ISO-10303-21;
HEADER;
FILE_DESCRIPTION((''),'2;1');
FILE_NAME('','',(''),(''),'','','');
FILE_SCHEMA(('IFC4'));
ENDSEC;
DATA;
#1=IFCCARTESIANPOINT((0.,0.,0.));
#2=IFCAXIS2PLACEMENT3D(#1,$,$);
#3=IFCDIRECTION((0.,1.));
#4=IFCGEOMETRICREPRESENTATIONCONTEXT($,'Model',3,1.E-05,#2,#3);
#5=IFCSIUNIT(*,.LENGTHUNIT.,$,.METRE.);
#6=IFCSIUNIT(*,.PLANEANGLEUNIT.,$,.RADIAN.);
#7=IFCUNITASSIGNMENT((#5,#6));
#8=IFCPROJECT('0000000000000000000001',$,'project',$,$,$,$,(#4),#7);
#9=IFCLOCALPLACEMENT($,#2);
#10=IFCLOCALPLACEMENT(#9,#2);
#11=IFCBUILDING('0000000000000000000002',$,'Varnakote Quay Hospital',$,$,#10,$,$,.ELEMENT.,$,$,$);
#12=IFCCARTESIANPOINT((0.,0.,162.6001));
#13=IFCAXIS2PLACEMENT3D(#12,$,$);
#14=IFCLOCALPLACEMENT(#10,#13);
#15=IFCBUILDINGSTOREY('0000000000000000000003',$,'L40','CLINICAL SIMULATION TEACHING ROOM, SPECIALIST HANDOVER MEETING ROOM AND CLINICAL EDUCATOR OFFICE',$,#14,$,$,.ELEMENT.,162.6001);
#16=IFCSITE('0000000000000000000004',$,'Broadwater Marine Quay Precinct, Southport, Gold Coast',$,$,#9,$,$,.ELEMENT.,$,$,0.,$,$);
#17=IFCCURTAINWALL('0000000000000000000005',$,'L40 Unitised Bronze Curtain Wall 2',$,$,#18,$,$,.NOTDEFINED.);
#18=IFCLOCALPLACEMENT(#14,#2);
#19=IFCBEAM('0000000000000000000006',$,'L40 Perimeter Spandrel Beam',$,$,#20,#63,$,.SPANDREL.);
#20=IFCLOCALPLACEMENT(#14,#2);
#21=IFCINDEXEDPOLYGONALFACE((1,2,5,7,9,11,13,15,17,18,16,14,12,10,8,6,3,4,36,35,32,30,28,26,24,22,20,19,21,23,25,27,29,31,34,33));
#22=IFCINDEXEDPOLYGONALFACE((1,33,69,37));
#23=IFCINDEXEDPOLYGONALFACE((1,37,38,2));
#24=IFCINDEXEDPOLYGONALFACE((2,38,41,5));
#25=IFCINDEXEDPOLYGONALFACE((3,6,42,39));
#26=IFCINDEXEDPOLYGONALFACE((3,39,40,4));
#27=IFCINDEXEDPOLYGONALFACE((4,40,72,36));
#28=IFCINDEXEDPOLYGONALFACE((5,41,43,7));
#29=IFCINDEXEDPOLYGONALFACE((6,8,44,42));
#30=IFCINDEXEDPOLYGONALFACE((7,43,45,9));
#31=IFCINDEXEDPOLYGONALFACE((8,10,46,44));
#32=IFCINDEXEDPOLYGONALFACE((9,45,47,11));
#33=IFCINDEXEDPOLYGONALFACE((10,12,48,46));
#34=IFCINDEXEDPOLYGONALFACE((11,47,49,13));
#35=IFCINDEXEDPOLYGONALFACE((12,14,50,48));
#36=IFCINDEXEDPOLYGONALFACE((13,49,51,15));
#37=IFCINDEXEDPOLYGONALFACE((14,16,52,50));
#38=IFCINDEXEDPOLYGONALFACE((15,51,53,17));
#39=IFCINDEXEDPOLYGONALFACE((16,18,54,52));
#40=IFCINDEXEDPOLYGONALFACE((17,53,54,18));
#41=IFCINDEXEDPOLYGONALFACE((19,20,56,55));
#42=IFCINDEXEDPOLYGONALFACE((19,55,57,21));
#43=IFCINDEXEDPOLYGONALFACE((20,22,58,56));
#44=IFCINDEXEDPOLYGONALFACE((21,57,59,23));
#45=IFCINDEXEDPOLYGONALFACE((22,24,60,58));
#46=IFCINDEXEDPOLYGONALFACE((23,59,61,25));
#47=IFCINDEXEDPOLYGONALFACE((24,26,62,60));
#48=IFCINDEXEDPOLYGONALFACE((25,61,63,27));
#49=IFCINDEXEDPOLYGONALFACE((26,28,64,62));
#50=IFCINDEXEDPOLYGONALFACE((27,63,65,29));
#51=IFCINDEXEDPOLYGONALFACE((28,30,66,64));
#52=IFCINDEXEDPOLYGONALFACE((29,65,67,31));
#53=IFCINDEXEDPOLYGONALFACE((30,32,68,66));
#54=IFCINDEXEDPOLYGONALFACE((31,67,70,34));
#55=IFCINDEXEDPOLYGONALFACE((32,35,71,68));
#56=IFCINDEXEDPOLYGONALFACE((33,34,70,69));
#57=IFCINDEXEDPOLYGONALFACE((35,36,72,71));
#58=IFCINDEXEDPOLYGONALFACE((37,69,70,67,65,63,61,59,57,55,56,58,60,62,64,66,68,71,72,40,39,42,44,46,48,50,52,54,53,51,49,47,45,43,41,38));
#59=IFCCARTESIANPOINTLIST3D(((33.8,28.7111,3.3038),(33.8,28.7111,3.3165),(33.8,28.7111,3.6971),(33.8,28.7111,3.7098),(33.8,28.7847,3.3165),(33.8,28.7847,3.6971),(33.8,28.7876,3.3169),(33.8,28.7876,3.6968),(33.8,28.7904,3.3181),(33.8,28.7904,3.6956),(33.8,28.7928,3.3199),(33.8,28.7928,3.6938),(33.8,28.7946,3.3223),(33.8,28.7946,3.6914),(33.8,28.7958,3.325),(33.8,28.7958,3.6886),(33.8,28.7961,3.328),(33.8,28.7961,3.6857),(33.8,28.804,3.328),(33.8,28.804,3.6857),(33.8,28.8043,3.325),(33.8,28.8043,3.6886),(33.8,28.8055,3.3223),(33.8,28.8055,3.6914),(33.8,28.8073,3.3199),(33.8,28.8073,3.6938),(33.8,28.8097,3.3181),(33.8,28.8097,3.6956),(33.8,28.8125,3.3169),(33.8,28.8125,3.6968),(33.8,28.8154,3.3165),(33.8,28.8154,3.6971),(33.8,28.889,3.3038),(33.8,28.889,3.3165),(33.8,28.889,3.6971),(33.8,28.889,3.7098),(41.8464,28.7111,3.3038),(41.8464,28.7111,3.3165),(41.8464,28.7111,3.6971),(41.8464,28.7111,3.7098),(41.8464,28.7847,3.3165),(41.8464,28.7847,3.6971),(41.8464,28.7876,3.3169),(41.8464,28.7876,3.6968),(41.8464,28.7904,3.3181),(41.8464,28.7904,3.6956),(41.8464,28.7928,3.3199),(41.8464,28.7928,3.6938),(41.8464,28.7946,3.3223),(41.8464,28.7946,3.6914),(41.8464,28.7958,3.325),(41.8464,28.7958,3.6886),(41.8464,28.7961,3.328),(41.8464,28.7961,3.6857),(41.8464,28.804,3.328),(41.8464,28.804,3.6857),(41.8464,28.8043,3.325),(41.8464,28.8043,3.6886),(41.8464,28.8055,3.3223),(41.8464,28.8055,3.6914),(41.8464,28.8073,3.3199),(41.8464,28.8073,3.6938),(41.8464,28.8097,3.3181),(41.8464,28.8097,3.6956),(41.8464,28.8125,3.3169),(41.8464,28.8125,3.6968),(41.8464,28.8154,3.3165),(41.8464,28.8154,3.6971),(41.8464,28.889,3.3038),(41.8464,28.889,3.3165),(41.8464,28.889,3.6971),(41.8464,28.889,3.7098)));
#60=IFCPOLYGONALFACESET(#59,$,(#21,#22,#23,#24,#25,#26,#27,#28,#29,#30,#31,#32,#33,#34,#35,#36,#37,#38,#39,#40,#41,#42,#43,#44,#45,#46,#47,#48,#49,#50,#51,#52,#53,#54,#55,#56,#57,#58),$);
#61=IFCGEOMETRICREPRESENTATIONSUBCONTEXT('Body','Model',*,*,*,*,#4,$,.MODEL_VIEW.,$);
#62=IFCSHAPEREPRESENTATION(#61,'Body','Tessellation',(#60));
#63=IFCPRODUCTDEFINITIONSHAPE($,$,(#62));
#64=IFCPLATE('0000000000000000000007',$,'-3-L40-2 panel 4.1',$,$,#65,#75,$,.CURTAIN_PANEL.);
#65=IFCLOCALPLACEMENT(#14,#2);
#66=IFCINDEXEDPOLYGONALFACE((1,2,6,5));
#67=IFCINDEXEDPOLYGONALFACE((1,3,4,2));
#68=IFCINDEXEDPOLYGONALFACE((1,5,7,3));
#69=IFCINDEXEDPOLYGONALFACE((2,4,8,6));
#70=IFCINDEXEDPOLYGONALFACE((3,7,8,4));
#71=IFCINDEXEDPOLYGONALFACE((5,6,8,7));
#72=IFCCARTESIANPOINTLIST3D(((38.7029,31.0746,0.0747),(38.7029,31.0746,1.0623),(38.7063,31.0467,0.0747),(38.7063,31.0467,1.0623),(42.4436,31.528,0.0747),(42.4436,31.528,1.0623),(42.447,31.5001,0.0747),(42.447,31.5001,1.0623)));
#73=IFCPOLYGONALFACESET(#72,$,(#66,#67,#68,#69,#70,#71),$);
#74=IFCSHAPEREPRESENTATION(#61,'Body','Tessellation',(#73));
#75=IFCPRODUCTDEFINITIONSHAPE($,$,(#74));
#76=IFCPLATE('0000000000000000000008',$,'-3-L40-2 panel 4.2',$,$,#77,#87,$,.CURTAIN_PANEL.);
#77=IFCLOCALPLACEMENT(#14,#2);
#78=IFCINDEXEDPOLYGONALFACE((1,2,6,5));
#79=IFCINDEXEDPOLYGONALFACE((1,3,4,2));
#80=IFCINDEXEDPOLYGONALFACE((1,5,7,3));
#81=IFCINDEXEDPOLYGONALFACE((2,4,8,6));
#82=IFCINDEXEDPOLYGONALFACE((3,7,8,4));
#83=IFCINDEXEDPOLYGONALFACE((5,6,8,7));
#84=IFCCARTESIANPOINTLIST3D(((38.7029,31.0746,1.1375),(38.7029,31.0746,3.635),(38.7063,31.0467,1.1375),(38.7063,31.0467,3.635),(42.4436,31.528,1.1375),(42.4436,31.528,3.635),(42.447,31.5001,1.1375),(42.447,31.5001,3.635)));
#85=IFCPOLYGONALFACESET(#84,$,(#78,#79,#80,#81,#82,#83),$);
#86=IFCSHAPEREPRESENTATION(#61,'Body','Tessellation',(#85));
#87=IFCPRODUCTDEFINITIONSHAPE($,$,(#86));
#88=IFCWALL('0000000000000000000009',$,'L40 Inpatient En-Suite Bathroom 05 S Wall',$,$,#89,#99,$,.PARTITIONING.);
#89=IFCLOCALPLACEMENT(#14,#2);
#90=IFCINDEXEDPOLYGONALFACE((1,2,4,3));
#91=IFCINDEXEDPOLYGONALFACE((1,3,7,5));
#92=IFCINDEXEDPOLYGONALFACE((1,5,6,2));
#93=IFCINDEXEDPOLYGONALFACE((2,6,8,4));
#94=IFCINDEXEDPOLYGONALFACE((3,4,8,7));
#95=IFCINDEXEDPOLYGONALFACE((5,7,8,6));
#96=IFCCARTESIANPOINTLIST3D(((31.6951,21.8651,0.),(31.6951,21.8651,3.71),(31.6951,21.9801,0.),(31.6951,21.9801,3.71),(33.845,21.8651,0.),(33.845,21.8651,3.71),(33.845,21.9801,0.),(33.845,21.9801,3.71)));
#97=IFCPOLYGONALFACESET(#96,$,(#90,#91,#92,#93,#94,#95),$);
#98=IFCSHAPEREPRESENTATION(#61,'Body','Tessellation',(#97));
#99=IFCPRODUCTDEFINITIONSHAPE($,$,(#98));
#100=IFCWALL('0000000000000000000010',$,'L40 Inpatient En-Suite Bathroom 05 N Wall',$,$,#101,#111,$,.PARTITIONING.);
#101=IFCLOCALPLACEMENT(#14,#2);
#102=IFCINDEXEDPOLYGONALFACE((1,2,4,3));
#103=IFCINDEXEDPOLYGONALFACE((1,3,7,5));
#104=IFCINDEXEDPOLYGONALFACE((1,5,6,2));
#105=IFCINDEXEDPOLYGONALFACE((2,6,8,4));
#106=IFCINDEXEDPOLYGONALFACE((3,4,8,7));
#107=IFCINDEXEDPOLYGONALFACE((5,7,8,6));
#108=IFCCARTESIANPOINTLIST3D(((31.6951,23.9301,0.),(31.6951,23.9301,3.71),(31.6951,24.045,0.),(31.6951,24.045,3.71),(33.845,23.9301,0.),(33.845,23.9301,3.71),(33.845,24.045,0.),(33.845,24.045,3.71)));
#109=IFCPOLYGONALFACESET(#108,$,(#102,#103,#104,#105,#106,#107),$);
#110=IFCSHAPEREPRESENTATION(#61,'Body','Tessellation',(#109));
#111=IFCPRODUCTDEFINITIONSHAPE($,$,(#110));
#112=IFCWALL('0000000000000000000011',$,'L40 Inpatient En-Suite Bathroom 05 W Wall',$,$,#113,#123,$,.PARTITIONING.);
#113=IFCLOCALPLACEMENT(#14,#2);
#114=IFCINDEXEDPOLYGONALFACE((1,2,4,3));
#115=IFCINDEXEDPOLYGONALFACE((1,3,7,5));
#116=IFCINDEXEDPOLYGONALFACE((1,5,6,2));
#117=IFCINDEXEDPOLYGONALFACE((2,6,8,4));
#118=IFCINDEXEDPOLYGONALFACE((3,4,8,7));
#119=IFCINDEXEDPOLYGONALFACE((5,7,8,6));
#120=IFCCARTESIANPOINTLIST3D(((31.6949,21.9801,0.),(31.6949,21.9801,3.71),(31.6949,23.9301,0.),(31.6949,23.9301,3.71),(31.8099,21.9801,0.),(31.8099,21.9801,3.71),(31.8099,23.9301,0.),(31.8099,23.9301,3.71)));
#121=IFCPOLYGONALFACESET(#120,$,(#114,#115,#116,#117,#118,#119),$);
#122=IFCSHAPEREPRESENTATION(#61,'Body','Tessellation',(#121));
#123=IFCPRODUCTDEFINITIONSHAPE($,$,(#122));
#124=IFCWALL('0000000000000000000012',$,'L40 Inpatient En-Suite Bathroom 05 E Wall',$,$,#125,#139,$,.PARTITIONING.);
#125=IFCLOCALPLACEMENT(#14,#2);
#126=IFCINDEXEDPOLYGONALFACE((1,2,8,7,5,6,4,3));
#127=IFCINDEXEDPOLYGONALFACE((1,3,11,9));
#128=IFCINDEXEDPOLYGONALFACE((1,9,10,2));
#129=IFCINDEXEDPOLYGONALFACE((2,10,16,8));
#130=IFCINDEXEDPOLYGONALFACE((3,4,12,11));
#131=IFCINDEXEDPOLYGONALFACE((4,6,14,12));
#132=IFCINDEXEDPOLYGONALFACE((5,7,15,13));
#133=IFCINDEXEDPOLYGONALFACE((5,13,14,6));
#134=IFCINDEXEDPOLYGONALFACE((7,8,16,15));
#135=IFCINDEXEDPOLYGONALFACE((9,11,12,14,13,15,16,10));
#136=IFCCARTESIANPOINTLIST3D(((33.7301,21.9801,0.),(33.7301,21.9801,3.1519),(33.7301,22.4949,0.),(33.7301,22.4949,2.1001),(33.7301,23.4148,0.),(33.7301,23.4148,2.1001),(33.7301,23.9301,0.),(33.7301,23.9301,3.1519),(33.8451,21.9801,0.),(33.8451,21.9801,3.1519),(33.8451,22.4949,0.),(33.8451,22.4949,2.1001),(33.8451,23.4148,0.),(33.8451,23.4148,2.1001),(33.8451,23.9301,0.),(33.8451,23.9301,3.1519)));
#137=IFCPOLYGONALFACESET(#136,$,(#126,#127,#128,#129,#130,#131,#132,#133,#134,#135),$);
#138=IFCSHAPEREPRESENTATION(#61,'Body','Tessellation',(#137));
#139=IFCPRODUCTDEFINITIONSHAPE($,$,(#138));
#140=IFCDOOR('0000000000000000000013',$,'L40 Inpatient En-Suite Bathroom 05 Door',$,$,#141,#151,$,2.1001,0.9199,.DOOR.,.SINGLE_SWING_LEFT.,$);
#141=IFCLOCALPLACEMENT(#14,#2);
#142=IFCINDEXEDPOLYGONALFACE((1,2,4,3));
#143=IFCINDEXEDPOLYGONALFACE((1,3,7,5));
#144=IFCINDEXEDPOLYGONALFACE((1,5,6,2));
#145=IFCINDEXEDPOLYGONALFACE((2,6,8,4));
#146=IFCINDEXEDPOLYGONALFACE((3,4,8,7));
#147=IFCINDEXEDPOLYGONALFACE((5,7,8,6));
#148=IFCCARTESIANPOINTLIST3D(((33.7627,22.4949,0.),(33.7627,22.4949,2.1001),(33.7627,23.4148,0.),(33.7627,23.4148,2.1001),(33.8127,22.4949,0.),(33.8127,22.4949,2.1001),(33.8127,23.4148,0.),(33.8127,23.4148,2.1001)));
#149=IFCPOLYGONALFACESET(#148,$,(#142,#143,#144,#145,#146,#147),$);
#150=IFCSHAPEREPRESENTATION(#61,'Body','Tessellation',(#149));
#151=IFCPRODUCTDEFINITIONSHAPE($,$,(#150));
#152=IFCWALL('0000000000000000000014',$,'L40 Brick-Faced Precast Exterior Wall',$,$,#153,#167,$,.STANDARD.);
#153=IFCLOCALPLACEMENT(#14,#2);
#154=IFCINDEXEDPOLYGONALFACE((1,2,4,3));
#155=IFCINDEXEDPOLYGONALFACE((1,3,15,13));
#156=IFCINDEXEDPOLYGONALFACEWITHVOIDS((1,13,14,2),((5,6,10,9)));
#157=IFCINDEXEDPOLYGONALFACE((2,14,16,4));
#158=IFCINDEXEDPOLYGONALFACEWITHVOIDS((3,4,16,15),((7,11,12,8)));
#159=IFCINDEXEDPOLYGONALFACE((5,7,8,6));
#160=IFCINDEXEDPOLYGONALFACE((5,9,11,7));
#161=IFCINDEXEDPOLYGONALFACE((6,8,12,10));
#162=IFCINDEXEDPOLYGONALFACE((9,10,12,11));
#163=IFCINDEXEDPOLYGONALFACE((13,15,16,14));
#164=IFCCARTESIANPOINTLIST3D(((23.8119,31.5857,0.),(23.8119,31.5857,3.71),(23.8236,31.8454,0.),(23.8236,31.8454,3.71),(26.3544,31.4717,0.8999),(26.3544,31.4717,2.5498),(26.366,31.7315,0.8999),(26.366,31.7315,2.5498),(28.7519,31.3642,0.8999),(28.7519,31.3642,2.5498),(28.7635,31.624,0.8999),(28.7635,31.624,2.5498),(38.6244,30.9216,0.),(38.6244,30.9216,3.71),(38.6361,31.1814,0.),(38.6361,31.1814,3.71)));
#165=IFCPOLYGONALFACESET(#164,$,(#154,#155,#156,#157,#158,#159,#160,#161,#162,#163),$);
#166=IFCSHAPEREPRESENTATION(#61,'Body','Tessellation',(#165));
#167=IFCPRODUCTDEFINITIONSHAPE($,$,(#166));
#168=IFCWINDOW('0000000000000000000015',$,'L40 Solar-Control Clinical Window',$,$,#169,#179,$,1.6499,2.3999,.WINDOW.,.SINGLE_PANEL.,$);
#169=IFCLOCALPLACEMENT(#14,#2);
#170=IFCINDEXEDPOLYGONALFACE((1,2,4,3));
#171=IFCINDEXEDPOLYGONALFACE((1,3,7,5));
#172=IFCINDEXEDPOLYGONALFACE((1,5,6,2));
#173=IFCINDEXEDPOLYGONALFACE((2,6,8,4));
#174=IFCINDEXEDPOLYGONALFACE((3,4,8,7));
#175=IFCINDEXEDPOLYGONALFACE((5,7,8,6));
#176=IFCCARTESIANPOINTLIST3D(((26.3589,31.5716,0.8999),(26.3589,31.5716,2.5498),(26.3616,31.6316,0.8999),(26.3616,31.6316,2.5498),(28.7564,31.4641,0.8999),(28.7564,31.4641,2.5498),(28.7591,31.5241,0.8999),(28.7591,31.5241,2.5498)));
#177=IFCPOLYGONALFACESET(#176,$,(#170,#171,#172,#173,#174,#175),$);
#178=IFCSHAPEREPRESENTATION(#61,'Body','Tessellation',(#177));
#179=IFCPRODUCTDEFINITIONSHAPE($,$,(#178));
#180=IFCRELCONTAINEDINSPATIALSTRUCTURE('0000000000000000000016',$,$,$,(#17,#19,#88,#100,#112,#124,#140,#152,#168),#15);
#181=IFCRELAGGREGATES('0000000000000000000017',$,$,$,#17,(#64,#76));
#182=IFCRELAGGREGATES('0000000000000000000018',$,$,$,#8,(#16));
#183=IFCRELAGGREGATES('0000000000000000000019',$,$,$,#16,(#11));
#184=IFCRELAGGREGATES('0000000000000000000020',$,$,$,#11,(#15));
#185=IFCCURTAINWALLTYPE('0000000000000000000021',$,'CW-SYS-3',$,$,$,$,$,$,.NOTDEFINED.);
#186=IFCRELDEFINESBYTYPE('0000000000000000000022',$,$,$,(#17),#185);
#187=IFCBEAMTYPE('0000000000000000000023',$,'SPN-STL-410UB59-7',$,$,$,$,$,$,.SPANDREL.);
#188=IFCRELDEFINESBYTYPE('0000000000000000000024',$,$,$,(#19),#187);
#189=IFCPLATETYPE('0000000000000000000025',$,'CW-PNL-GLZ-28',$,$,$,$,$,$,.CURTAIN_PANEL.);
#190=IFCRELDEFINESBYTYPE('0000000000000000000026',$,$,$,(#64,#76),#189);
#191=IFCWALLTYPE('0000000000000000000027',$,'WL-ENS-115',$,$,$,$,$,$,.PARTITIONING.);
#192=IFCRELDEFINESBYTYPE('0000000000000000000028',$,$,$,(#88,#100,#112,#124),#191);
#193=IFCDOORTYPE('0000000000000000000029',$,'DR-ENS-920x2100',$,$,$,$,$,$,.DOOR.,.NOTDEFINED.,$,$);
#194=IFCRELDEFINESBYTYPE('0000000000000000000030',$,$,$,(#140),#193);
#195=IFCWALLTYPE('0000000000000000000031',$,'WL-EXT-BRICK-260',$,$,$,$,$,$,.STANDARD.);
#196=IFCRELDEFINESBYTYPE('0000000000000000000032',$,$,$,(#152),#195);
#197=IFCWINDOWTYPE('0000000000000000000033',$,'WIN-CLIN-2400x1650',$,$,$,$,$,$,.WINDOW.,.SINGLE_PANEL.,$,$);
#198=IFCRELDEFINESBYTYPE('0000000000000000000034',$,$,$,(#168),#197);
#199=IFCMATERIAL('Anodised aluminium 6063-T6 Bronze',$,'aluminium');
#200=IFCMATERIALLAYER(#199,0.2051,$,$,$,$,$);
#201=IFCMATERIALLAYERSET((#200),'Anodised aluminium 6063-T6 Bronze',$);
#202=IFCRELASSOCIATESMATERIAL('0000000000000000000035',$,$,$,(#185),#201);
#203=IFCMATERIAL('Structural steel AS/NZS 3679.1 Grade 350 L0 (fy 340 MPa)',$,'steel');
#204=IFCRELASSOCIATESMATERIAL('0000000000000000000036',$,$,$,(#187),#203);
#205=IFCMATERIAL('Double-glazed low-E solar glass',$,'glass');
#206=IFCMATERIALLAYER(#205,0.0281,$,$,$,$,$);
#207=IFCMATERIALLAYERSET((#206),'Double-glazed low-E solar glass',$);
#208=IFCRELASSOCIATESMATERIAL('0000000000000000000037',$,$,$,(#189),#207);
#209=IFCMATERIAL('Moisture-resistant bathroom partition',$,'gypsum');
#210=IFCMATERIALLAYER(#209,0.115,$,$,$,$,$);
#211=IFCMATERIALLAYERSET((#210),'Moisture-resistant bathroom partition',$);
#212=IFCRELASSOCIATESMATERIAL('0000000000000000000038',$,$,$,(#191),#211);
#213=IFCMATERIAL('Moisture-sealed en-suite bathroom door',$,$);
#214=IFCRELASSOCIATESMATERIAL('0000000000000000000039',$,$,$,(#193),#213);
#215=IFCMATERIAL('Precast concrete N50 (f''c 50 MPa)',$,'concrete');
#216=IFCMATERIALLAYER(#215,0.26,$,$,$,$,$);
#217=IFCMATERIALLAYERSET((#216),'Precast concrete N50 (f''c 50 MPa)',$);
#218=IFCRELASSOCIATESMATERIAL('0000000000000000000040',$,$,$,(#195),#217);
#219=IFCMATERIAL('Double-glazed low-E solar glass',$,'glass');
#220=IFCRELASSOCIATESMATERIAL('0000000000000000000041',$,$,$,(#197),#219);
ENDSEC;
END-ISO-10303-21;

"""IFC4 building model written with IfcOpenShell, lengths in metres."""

from ifc_helpers import new_model, si_unit, direction, frame, frame_2d, origin, origin_2d, place, context, subcontext, project, spatial, rectangle, i_section, extrude, material, layer, layer_set, material_profile, profile_set, type_object, element, fill, aggregate, save


model = new_model("IFC4")

# Units and contexts
model_context = context("Model", 3, precision=1e-05, world=origin(), true_north=direction((0.0, 1.0)))
body_context = subcontext(model_context, "Body", "Model", "MODEL_VIEW")
ifc_project = project(units=[si_unit("LENGTHUNIT", "METRE"), si_unit("PLANEANGLEUNIT", "RADIAN")], contexts=[model_context])

# Site, building, storey
site_placement = place(None, origin())
site = spatial("IfcSite", under=ifc_project, at=site_placement, Name="Broadwater Marine Quay Precinct, Southport, Gold Coast", CompositionType="ELEMENT", RefElevation=0.0)
building_placement = place(site_placement, origin())
building = spatial("IfcBuilding", under=site, at=building_placement, Name="Varnakote Quay Hospital", CompositionType="ELEMENT")
storey_placement = place(building_placement, frame((0.0, 0.0, 162.6001)))
storey = spatial("IfcBuildingStorey", under=building, at=storey_placement, Name="L40", Description="CLINICAL SIMULATION TEACHING ROOM, SPECIALIST HANDOVER MEETING ROOM AND CLINICAL EDUCATOR OFFICE", CompositionType="ELEMENT", Elevation=162.6001)

# Curtain wall
ifc_material_1 = material(Name="Anodised aluminium 6063-T6 Bronze", Category="aluminium")
ifc_layer_1 = layer(ifc_material_1, 0.2051)
ifc_layer_set_1 = layer_set([ifc_layer_1], Name="Anodised aluminium 6063-T6 Bronze")
curtain_wall_type = type_object("IfcCurtainWallType", Name="CW-SYS-3", PredefinedType="NOTDEFINED", material=ifc_layer_set_1)
curtain_wall_placement = place(storey_placement, origin())
curtain_wall = element("IfcCurtainWall", 1, at=curtain_wall_placement, inside=storey, type_object=curtain_wall_type, Name="L40 Unitised Bronze Curtain Wall 2", PredefinedType="NOTDEFINED")

# Beam
ifc_material_2 = material(Name="Structural steel AS/NZS 3679.1 Grade 350 L0 (fy 340 MPa)", Category="steel")
ifc_material_profile_1 = material_profile(ifc_material_2, i_section(OverallWidth=0.178, OverallDepth=0.406, WebThickness=0.0078, FlangeThickness=0.0127, FilletRadius=0.0115, at=origin_2d()), Name="410UB59.7")
ifc_profile_set_1 = profile_set([ifc_material_profile_1], Name="Structural steel AS/NZS 3679.1 Grade 350 L0 (fy 340 MPa)")
beam_type_1 = type_object("IfcBeamType", Name="SPN-STL-410UB59-7", PredefinedType="SPANDREL", material=ifc_profile_set_1)
beam_1_placement = place(storey_placement, frame((33.8, 28.8, 3.5068), z_axis=(1.0, 0.0, 0.0), x_axis=(0.0, 1.0, 0.0)))
element("IfcBeam", 2, at=beam_1_placement, inside=storey, type_object=beam_type_1, Name="L40 Perimeter Spandrel Beam", PredefinedType="SPANDREL", context=body_context, shape_type="SweptSolid", body=[
    extrude(i_section(OverallWidth=0.178, OverallDepth=0.406, WebThickness=0.0078, FlangeThickness=0.0127, FilletRadius=0.0115, at=origin_2d()), origin(), (0.0, 0.0, 1.0), 8.0464),
])

# Plates
ifc_material_3 = material(Name="Double-glazed low-E solar glass", Category="glass")
ifc_layer_2 = layer(ifc_material_3, 0.0281)
ifc_layer_set_2 = layer_set([ifc_layer_2], Name="Double-glazed low-E solar glass")
plate_type = type_object("IfcPlateType", Name="CW-PNL-GLZ-28", PredefinedType="CURTAIN_PANEL", material=ifc_layer_set_2)
plate_1_placement = place(storey_placement, frame((40.575, 31.2874, 0.0747), z_axis=(0.0, 0.0, 1.0), x_axis=(-0.992734, -0.120327, 0.0)))
plate_1 = element("IfcPlate", 3, at=plate_1_placement, type_object=plate_type, Name="-3-L40-2 panel 4.1", PredefinedType="CURTAIN_PANEL", context=body_context, shape_type="SweptSolid", body=[
    extrude(rectangle(XDim=3.7681, YDim=0.0281, at=origin_2d()), origin(), (0.0, 0.0, 1.0), 0.9875),
])
plate_2_placement = place(storey_placement, frame((40.575, 31.2874, 1.1375), z_axis=(0.0, 0.0, 1.0), x_axis=(-0.992734, -0.120327, 0.0)))
plate_2 = element("IfcPlate", 4, at=plate_2_placement, type_object=plate_type, Name="-3-L40-2 panel 4.2", PredefinedType="CURTAIN_PANEL", context=body_context, shape_type="SweptSolid", body=[
    extrude(rectangle(XDim=3.7681, YDim=0.0281, at=origin_2d()), origin(), (0.0, 0.0, 1.0), 2.4976),
])
aggregate(curtain_wall, [plate_1, plate_2])

# Walls
ifc_material_4 = material(Name="Moisture-resistant bathroom partition", Category="gypsum")
ifc_layer_3 = layer(ifc_material_4, 0.115)
ifc_layer_set_3 = layer_set([ifc_layer_3], Name="Moisture-resistant bathroom partition")
wall_type_1 = type_object("IfcWallType", Name="WL-ENS-115", PredefinedType="PARTITIONING", material=ifc_layer_set_3)
for number, where, z_axis, x_axis, name in (
    (5, (31.6951, 21.9226, 0.0), (0.0, 0.0, 1.0), (1.0, 0.0, 0.0), "L40 Inpatient En-Suite Bathroom 05 S Wall"),
    (6, (31.6951, 23.9875, 0.0), (0.0, 0.0, 1.0), (1.0, 0.0, 0.0), "L40 Inpatient En-Suite Bathroom 05 N Wall"),
):
    element("IfcWall", number, at=place(storey_placement, frame(where, z_axis=z_axis, x_axis=x_axis)), inside=storey, type_object=wall_type_1, Name=name, PredefinedType="PARTITIONING", context=body_context, shape_type="SweptSolid", body=[
        extrude(rectangle(XDim=2.1499, YDim=0.115, at=frame_2d((1.075, 0.0))), origin(), (0.0, 0.0, 1.0), 3.71),
    ])
wall_1_placement = place(storey_placement, frame((31.7524, 21.98, 0.0), z_axis=(0.0, 0.0, 1.0), x_axis=(0.0, 1.0, 0.0)))
element("IfcWall", 7, at=wall_1_placement, inside=storey, type_object=wall_type_1, Name="L40 Inpatient En-Suite Bathroom 05 W Wall", PredefinedType="PARTITIONING", context=body_context, shape_type="SweptSolid", body=[
    extrude(rectangle(XDim=1.95, YDim=0.115, at=frame_2d((0.9751, 0.0))), origin(), (0.0, 0.0, 1.0), 3.71),
])

# Wall, opening, door
wall_2_placement = place(storey_placement, frame((33.7876, 21.98, 0.0), z_axis=(0.0, 0.0, 1.0), x_axis=(0.0, 1.0, 0.0)))
wall_2 = element("IfcWall", 8, at=wall_2_placement, inside=storey, type_object=wall_type_1, Name="L40 Inpatient En-Suite Bathroom 05 E Wall", PredefinedType="PARTITIONING", context=body_context, shape_type="SweptSolid", body=[
    extrude(rectangle(XDim=1.95, YDim=0.115, at=frame_2d((0.9751, 0.0))), origin(), (0.0, 0.0, 1.0), 3.1519),
])
opening_1_placement = place(wall_2_placement, frame((0.5149, 0.0, 0.0)))
opening_1 = element("IfcOpeningElement", 9, at=opening_1_placement, cuts=wall_2, PredefinedType="OPENING", context=body_context, shape_type="SweptSolid", body=[
    extrude(rectangle(XDim=0.9199, YDim=2.1001, at=frame_2d((0.46, 1.05))), frame((0.0, 0.0674, 0.0), z_axis=(0.0, -1.0, 0.0), x_axis=(1.0, 0.0, 0.0)), (0.0, 0.0, 1.0), 0.135),
])
ifc_material_5 = material(Name="Moisture-sealed en-suite bathroom door")
door_type_1 = type_object("IfcDoorType", Name="DR-ENS-920x2100", OperationType="NOTDEFINED", PredefinedType="DOOR", material=ifc_material_5)
door_1_placement = place(opening_1_placement, origin())
door_1 = element("IfcDoor", 10, at=door_1_placement, inside=storey, type_object=door_type_1, Name="L40 Inpatient En-Suite Bathroom 05 Door", OperationType="SINGLE_SWING_LEFT", OverallHeight=2.1001, OverallWidth=0.9199, PredefinedType="DOOR", context=body_context, shape_type="SweptSolid", body=[
    extrude(rectangle(XDim=0.9199, YDim=2.1001, at=frame_2d((0.46, 1.05))), frame((0.0, 0.0249, 0.0), z_axis=(0.0, -1.0, 0.0), x_axis=(1.0, 0.0, 0.0)), (0.0, 0.0, 1.0), 0.05),
])
fill(opening_1, door_1)

# Wall, opening, window
ifc_material_6 = material(Name="Precast concrete N50 (f'c 50 MPa)", Category="concrete")
ifc_layer_4 = layer(ifc_material_6, 0.26)
ifc_layer_set_4 = layer_set([ifc_layer_4], Name="Precast concrete N50 (f'c 50 MPa)")
wall_type_2 = type_object("IfcWallType", Name="WL-EXT-BRICK-260", PredefinedType="STANDARD", material=ifc_layer_set_4)
wall_3_placement = place(storey_placement, frame((38.6301, 31.0515, 0.0), z_axis=(0.0, 0.0, 1.0), x_axis=(-0.998997, 0.044786, 0.0)))
wall_3 = element("IfcWall", 11, at=wall_3_placement, inside=storey, type_object=wall_type_2, Name="L40 Brick-Faced Precast Exterior Wall", PredefinedType="STANDARD", context=body_context, shape_type="SweptSolid", body=[
    extrude(rectangle(XDim=14.8274, YDim=0.26, at=frame_2d((7.4136, 0.0))), origin(), (0.0, 0.0, 1.0), 3.71),
])
opening_2_placement = place(wall_3_placement, frame((9.8823, 0.0, 0.8999)))
opening_2 = element("IfcOpeningElement", 12, at=opening_2_placement, cuts=wall_3, PredefinedType="OPENING", context=body_context, shape_type="SweptSolid", body=[
    extrude(rectangle(XDim=2.3999, YDim=1.6499, at=frame_2d((1.2, 0.825))), frame((0.0, 0.1399, 0.0), z_axis=(0.0, -1.0, 0.0), x_axis=(1.0, 0.0, 0.0)), (0.0, 0.0, 1.0), 0.28),
])
ifc_material_7 = material(Name="Double-glazed low-E solar glass", Category="glass")
window_type = type_object("IfcWindowType", Name="WIN-CLIN-2400x1650", PartitioningType="SINGLE_PANEL", PredefinedType="WINDOW", material=ifc_material_7)
window_placement = place(opening_2_placement, origin())
window = element("IfcWindow", 13, at=window_placement, inside=storey, type_object=window_type, Name="L40 Solar-Control Clinical Window", OverallHeight=1.6499, OverallWidth=2.3999, PartitioningType="SINGLE_PANEL", PredefinedType="WINDOW", context=body_context, shape_type="SweptSolid", body=[
    extrude(rectangle(XDim=2.3999, YDim=1.6499, at=frame_2d((1.2, 0.825))), frame((0.0, 0.03, 0.0), z_axis=(0.0, -1.0, 0.0), x_axis=(1.0, 0.0, 0.0)), (0.0, 0.0, 1.0), 0.0601),
])
fill(opening_2, window)

save(model, "model.ifc")
